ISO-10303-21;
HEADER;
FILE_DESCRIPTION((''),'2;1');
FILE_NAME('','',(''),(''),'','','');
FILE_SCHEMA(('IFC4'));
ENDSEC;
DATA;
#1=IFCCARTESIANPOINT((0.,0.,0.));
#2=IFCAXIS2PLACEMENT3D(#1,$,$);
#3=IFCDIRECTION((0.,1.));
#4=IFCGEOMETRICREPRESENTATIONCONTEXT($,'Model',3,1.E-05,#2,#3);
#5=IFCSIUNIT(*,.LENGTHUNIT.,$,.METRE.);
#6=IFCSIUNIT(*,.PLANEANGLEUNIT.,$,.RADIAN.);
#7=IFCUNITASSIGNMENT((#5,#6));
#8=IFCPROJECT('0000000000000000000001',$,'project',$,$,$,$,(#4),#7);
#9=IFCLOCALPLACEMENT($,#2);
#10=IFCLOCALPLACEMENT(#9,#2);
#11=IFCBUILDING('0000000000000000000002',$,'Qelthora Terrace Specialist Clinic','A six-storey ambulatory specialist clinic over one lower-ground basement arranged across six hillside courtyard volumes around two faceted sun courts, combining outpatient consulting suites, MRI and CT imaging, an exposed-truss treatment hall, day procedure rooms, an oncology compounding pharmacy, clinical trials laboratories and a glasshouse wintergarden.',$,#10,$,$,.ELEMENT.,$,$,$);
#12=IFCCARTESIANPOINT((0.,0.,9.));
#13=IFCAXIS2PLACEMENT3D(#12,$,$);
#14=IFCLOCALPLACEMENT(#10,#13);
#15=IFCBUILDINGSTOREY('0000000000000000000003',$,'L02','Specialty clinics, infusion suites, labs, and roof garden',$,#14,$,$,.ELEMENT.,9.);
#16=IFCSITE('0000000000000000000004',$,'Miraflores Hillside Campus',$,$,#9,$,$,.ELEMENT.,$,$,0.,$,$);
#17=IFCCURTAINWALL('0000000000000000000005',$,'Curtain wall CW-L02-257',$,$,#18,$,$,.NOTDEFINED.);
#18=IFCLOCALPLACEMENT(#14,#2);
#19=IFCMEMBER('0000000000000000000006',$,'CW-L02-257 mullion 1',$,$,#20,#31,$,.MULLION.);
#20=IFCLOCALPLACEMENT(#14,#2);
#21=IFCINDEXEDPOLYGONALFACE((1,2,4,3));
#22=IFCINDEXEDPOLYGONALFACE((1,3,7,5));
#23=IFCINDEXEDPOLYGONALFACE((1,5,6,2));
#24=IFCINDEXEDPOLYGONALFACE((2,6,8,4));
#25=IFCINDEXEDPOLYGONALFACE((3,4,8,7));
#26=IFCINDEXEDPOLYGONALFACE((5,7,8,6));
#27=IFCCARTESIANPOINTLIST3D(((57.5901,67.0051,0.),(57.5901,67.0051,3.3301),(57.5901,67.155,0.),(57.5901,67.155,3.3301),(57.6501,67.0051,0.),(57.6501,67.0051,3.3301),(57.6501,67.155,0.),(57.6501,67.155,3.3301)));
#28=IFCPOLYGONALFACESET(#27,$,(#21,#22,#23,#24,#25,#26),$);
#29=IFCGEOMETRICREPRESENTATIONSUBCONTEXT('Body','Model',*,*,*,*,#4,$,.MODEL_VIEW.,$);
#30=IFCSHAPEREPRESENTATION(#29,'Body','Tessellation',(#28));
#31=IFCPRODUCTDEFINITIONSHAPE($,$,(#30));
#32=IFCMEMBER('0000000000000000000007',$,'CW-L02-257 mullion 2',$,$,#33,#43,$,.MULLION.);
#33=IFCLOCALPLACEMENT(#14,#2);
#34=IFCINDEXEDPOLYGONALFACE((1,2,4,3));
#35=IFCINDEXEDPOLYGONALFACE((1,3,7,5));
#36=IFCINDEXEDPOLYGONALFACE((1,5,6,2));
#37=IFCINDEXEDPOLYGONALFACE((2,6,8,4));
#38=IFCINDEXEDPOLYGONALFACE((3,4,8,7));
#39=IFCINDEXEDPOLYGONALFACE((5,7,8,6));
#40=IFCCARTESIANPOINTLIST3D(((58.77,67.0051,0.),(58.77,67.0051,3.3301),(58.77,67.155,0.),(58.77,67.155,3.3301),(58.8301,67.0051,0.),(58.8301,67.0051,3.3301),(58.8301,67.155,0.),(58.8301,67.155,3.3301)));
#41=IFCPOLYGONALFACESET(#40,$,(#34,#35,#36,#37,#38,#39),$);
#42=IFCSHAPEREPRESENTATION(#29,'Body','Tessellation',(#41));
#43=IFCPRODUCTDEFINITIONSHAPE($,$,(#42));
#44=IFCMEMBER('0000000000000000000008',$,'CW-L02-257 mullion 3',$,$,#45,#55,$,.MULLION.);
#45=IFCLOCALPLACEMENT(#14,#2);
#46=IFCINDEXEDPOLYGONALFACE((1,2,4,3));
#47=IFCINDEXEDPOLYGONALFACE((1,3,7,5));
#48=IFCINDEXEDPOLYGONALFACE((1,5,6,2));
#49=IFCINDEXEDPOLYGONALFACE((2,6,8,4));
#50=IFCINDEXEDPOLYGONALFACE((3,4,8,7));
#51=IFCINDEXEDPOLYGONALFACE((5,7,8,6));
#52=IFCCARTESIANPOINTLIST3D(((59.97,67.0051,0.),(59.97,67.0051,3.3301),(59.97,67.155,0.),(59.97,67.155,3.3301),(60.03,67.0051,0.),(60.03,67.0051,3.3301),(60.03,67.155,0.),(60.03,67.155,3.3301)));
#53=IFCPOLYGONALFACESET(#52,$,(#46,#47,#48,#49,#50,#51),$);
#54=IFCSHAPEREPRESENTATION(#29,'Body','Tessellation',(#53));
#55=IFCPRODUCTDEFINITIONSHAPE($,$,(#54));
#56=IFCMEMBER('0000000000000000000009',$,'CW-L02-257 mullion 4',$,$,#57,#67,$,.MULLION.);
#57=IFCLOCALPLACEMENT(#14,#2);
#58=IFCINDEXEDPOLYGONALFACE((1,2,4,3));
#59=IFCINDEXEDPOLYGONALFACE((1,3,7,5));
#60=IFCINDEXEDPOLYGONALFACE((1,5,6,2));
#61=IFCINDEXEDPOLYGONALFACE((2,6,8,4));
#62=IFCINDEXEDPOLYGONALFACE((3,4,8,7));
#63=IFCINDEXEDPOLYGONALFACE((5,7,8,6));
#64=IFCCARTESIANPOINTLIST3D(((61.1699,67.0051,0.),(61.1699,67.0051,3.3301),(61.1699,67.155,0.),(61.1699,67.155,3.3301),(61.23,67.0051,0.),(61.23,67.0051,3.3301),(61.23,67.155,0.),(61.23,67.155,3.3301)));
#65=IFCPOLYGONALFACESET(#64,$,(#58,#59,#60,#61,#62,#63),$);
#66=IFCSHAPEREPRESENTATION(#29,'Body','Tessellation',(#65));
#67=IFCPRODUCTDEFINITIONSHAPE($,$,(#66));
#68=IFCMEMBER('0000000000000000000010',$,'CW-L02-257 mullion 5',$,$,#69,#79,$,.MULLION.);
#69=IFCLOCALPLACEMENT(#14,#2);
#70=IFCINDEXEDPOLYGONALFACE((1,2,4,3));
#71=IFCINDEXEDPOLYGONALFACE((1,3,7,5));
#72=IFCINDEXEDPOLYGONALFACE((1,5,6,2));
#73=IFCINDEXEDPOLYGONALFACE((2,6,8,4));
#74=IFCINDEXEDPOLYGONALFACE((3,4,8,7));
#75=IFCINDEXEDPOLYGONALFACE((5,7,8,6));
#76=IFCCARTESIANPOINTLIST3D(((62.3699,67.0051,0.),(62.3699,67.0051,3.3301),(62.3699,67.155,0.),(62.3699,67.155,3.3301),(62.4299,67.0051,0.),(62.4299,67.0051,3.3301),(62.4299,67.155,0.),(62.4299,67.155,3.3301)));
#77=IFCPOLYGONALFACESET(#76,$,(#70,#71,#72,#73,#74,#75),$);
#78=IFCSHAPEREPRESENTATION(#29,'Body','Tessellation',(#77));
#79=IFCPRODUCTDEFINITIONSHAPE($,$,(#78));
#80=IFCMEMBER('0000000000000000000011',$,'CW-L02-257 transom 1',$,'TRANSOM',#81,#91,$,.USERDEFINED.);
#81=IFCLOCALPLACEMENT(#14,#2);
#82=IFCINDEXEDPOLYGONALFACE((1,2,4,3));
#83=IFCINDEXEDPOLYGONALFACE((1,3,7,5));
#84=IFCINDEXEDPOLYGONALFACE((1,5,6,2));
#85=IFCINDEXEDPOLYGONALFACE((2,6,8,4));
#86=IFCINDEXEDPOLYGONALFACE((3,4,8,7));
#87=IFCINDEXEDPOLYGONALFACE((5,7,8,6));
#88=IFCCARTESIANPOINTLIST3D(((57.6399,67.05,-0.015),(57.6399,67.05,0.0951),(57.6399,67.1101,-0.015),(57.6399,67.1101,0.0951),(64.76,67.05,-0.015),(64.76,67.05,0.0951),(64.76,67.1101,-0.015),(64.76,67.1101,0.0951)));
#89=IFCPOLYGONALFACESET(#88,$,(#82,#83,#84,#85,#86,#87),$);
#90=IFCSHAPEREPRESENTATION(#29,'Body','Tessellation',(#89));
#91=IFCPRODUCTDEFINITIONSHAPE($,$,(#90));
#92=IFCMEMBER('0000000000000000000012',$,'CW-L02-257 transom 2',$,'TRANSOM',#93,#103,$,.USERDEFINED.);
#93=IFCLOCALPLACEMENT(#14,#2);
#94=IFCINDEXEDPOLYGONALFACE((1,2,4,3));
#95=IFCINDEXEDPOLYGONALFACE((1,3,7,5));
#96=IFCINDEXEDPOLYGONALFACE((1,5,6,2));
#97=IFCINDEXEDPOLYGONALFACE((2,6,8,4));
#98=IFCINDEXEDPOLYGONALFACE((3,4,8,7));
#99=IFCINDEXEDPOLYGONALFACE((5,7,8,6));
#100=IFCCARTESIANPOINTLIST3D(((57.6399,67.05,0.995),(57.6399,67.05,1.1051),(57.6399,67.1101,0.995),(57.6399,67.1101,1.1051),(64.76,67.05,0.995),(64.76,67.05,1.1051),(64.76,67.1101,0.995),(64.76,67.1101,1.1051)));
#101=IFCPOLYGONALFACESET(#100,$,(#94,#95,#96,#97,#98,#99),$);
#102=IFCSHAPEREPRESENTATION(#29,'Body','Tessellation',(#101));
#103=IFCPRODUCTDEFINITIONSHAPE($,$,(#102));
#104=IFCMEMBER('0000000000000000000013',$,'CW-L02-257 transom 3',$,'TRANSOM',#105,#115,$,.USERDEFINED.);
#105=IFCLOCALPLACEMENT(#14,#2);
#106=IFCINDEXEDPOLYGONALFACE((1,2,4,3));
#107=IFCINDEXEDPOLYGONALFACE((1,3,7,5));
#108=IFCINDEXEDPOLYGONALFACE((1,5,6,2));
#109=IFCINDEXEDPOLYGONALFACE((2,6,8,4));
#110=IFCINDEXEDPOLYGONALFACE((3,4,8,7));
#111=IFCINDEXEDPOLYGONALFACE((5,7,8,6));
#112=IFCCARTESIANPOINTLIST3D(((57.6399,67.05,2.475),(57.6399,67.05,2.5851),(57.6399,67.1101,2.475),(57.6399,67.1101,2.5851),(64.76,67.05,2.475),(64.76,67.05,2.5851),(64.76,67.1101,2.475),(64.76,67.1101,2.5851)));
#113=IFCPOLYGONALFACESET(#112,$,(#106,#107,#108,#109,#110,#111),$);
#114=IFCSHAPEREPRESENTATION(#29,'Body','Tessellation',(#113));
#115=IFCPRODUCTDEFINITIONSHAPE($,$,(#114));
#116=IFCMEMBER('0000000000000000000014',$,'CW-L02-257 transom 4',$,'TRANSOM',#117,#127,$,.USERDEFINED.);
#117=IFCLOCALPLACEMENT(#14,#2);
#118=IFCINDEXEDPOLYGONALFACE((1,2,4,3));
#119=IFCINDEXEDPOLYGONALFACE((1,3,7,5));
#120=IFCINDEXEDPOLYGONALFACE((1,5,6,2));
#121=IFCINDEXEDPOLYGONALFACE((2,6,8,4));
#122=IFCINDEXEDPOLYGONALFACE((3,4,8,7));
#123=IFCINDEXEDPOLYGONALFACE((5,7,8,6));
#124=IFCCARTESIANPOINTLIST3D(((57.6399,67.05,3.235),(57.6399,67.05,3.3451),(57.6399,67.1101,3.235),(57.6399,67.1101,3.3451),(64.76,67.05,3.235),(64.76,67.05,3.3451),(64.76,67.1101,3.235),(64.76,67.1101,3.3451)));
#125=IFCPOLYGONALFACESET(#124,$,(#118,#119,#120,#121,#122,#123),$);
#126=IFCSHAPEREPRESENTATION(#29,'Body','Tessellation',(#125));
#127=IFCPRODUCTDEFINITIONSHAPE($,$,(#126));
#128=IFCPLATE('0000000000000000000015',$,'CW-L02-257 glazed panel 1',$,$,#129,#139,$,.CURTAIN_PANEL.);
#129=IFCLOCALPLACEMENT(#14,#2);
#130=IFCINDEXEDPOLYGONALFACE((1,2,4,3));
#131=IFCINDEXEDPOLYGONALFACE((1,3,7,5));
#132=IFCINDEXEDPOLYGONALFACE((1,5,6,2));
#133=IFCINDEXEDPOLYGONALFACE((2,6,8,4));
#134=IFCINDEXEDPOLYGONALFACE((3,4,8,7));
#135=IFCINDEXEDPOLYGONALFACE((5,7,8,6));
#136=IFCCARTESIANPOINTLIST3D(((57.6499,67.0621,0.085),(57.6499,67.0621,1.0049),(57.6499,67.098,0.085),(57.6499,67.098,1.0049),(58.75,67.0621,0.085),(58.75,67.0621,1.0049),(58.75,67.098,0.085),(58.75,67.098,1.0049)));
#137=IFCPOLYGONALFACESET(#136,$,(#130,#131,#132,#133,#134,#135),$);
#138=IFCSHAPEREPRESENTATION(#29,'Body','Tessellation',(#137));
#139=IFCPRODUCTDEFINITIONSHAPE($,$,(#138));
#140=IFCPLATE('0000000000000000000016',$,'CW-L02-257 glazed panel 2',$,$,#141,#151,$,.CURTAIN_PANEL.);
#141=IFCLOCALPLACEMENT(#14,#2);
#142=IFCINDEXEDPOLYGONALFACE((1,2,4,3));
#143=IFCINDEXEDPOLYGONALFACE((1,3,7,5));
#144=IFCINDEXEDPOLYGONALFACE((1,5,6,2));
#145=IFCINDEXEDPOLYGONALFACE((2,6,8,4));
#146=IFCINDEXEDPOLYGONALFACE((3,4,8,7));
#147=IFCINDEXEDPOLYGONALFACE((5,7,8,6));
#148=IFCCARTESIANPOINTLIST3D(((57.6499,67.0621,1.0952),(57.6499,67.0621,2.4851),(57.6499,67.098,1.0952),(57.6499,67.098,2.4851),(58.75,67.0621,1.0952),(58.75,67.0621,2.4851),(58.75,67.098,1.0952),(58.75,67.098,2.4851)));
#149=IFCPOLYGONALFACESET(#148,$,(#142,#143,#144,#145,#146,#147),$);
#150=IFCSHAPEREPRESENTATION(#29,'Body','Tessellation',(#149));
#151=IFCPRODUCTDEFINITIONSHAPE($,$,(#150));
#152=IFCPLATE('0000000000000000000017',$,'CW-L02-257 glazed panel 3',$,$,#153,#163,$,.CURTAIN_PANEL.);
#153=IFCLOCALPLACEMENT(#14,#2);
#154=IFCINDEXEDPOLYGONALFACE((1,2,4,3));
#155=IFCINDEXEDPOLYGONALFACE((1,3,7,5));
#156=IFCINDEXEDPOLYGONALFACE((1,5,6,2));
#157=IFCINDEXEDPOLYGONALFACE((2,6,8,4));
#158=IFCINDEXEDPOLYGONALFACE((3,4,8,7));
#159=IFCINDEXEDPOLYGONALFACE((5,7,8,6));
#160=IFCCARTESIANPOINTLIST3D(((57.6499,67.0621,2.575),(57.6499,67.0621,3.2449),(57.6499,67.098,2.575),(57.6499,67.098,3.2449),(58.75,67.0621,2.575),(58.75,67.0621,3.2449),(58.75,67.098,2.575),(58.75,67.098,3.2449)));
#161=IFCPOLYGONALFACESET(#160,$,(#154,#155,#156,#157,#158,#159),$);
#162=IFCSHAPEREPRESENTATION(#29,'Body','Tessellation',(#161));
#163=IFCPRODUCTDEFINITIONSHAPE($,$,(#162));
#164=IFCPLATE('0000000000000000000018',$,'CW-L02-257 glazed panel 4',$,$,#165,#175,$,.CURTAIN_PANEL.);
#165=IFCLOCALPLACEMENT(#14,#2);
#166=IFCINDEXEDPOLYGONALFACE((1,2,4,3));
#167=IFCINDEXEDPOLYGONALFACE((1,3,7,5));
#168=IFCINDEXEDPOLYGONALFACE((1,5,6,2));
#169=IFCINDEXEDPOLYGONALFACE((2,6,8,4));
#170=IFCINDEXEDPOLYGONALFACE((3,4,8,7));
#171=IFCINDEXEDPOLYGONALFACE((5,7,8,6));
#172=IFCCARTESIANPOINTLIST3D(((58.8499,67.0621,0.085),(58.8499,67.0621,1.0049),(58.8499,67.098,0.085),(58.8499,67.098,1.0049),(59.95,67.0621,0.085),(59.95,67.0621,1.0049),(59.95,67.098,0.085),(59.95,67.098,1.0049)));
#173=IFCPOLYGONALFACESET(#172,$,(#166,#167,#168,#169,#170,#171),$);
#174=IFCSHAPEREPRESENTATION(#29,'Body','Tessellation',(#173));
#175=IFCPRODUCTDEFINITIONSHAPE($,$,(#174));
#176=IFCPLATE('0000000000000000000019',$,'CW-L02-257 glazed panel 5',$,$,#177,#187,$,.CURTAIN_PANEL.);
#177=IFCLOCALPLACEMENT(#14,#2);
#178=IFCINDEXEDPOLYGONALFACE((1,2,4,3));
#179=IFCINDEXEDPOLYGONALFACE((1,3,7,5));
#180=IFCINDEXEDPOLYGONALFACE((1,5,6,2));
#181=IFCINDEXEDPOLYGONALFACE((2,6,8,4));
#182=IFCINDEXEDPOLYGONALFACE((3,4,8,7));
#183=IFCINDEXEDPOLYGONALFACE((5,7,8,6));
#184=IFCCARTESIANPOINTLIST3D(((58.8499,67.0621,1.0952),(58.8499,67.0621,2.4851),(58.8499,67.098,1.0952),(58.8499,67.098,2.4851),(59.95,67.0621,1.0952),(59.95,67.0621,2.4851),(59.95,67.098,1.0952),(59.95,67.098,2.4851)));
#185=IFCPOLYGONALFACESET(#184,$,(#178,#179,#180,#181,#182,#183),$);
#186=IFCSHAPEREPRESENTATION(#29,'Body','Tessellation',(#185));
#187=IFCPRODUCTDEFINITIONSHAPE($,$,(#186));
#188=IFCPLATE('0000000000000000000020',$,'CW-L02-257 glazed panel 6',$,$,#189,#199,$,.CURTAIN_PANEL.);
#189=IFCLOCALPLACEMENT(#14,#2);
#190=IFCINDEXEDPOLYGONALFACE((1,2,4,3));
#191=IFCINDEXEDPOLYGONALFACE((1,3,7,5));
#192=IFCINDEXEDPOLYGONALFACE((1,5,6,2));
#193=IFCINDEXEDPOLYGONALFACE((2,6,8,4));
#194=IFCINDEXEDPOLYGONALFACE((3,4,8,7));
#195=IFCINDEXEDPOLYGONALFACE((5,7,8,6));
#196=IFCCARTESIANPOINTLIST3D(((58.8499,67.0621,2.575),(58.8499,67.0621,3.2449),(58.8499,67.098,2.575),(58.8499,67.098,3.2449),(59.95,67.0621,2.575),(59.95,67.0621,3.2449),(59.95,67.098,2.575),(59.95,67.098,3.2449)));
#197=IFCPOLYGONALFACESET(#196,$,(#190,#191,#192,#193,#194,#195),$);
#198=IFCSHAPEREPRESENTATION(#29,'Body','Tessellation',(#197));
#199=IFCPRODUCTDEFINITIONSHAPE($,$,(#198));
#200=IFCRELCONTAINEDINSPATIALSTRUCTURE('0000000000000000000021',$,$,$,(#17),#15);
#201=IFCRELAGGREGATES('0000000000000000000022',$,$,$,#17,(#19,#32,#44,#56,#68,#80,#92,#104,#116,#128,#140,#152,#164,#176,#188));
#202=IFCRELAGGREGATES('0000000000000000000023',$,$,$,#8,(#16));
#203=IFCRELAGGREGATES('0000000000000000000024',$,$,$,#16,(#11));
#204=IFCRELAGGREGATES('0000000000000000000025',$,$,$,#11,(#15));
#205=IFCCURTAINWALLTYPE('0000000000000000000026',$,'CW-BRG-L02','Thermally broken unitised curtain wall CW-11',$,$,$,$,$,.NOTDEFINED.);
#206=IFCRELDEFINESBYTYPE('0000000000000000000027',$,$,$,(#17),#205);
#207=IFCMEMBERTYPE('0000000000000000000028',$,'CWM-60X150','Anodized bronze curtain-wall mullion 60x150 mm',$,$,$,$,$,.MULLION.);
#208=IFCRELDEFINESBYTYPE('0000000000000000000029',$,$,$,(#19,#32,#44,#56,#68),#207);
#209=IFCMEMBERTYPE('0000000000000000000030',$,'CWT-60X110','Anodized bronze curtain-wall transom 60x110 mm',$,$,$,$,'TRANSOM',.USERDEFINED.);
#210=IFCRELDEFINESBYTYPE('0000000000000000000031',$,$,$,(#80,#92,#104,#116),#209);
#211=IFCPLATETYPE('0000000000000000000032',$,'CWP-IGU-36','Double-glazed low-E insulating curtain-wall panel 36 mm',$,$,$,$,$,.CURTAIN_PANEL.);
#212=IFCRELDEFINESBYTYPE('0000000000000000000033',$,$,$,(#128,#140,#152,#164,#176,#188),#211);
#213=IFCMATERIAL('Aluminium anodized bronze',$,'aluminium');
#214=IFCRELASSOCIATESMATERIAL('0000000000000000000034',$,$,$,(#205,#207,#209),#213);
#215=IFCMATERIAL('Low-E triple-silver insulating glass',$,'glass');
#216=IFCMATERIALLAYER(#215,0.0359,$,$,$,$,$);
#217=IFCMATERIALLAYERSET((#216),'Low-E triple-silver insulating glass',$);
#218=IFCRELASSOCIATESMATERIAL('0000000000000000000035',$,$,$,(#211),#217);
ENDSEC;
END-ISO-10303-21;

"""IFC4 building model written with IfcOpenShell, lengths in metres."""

from ifc_helpers import new_model, si_unit, direction, frame, origin, origin_2d, place, context, subcontext, project, spatial, rectangle, extrude, material, layer, layer_set, material_profile, profile_set, type_object, element, aggregate, save


model = new_model("IFC4")

# Units and contexts
model_context = context("Model", 3, precision=1e-05, world=origin(), true_north=direction((0.0, 1.0)))
body_context = subcontext(model_context, "Body", "Model", "MODEL_VIEW")
ifc_project = project(units=[si_unit("LENGTHUNIT", "METRE"), si_unit("PLANEANGLEUNIT", "RADIAN")], contexts=[model_context])

# Site, building, storey
site_placement = place(None, origin())
site = spatial("IfcSite", under=ifc_project, at=site_placement, Name="Miraflores Hillside Campus", CompositionType="ELEMENT", RefElevation=0.0)
building_placement = place(site_placement, origin())
building = spatial("IfcBuilding", under=site, at=building_placement, Name="Qelthora Terrace Specialist Clinic", Description="A six-storey ambulatory specialist clinic over one lower-ground basement arranged across six hillside courtyard volumes around two faceted sun courts, combining outpatient consulting suites, MRI and CT imaging, an exposed-truss treatment hall, day procedure rooms, an oncology compounding pharmacy, clinical trials laboratories and a glasshouse wintergarden.", CompositionType="ELEMENT")
storey_placement = place(building_placement, frame((0.0, 0.0, 9.0)))
storey = spatial("IfcBuildingStorey", under=building, at=storey_placement, Name="L02", Description="Specialty clinics, infusion suites, labs, and roof garden", CompositionType="ELEMENT", Elevation=9.0)

# Curtain wall, members, plates
ifc_material_1 = material(Name="Aluminium anodized bronze", Category="aluminium")
curtain_wall_type = type_object("IfcCurtainWallType", Name="CW-BRG-L02", Description="Thermally broken unitised curtain wall CW-11", PredefinedType="NOTDEFINED", material=ifc_material_1)
curtain_wall_1_placement = place(storey_placement, origin())
curtain_wall_1 = element("IfcCurtainWall", 1, at=curtain_wall_1_placement, inside=storey, type_object=curtain_wall_type, Name="Curtain wall CW-L02-257", PredefinedType="NOTDEFINED")
ifc_material_profile_1 = material_profile(ifc_material_1, rectangle(XDim=0.0601, YDim=0.1499, at=origin_2d()), Name="CWM60X150")
ifc_profile_set_1 = profile_set([ifc_material_profile_1], Name="Aluminium anodized bronze")
member_type_1 = type_object("IfcMemberType", Name="CWM-60X150", Description="Anodized bronze curtain-wall mullion 60x150 mm", PredefinedType="MULLION", material=ifc_profile_set_1)
member_1_placement = place(storey_placement, frame((57.6201, 67.0801, 0.0), z_axis=(0.0, 0.0, 1.0), x_axis=(1.0, 0.0, 0.0)))
member_1 = element("IfcMember", 2, at=member_1_placement, type_object=member_type_1, Name="CW-L02-257 mullion 1", PredefinedType="MULLION", context=body_context, shape_type="SweptSolid", body=[
    extrude(rectangle(XDim=0.0601, YDim=0.1499, at=origin_2d()), origin(), (0.0, 0.0, 1.0), 3.3301),
])
member_2_placement = place(storey_placement, frame((58.8, 67.0801, 0.0), z_axis=(0.0, 0.0, 1.0), x_axis=(1.0, 0.0, 0.0)))
member_2 = element("IfcMember", 3, at=member_2_placement, type_object=member_type_1, Name="CW-L02-257 mullion 2", PredefinedType="MULLION", context=body_context, shape_type="SweptSolid", body=[
    extrude(rectangle(XDim=0.0601, YDim=0.1499, at=origin_2d()), origin(), (0.0, 0.0, 1.0), 3.3301),
])
member_3_placement = place(storey_placement, frame((60.0, 67.0801, 0.0), z_axis=(0.0, 0.0, 1.0), x_axis=(1.0, 0.0, 0.0)))
member_3 = element("IfcMember", 4, at=member_3_placement, type_object=member_type_1, Name="CW-L02-257 mullion 3", PredefinedType="MULLION", context=body_context, shape_type="SweptSolid", body=[
    extrude(rectangle(XDim=0.0601, YDim=0.1499, at=origin_2d()), origin(), (0.0, 0.0, 1.0), 3.3301),
])
member_4_placement = place(storey_placement, frame((61.2, 67.0801, 0.0), z_axis=(0.0, 0.0, 1.0), x_axis=(1.0, 0.0, 0.0)))
member_4 = element("IfcMember", 5, at=member_4_placement, type_object=member_type_1, Name="CW-L02-257 mullion 4", PredefinedType="MULLION", context=body_context, shape_type="SweptSolid", body=[
    extrude(rectangle(XDim=0.0601, YDim=0.1499, at=origin_2d()), origin(), (0.0, 0.0, 1.0), 3.3301),
])
member_5_placement = place(storey_placement, frame((62.3999, 67.0801, 0.0), z_axis=(0.0, 0.0, 1.0), x_axis=(1.0, 0.0, 0.0)))
member_5 = element("IfcMember", 6, at=member_5_placement, type_object=member_type_1, Name="CW-L02-257 mullion 5", PredefinedType="MULLION", context=body_context, shape_type="SweptSolid", body=[
    extrude(rectangle(XDim=0.0601, YDim=0.1499, at=origin_2d()), origin(), (0.0, 0.0, 1.0), 3.3301),
])
ifc_material_profile_2 = material_profile(ifc_material_1, rectangle(XDim=0.0601, YDim=0.1101, at=origin_2d()), Name="CWT60X110")
ifc_profile_set_2 = profile_set([ifc_material_profile_2], Name="Aluminium anodized bronze")
member_type_2 = type_object("IfcMemberType", Name="CWT-60X110", Description="Anodized bronze curtain-wall transom 60x110 mm", ElementType="TRANSOM", PredefinedType="USERDEFINED", material=ifc_profile_set_2)
member_6_placement = place(storey_placement, frame((57.6399, 67.0801, 0.04), z_axis=(1.0, 0.0, 0.0), x_axis=(0.0, 1.0, 0.0)))
member_6 = element("IfcMember", 7, at=member_6_placement, type_object=member_type_2, Name="CW-L02-257 transom 1", ObjectType="TRANSOM", PredefinedType="USERDEFINED", context=body_context, shape_type="SweptSolid", body=[
    extrude(rectangle(XDim=0.0601, YDim=0.1101, at=origin_2d()), origin(), (0.0, 0.0, 1.0), 7.1201),
])
member_7_placement = place(storey_placement, frame((57.6399, 67.0801, 1.05), z_axis=(1.0, 0.0, 0.0), x_axis=(0.0, 1.0, 0.0)))
member_7 = element("IfcMember", 8, at=member_7_placement, type_object=member_type_2, Name="CW-L02-257 transom 2", ObjectType="TRANSOM", PredefinedType="USERDEFINED", context=body_context, shape_type="SweptSolid", body=[
    extrude(rectangle(XDim=0.0601, YDim=0.1101, at=origin_2d()), origin(), (0.0, 0.0, 1.0), 7.1201),
])
member_8_placement = place(storey_placement, frame((57.6399, 67.0801, 2.53), z_axis=(1.0, 0.0, 0.0), x_axis=(0.0, 1.0, 0.0)))
member_8 = element("IfcMember", 9, at=member_8_placement, type_object=member_type_2, Name="CW-L02-257 transom 3", ObjectType="TRANSOM", PredefinedType="USERDEFINED", context=body_context, shape_type="SweptSolid", body=[
    extrude(rectangle(XDim=0.0601, YDim=0.1101, at=origin_2d()), origin(), (0.0, 0.0, 1.0), 7.1201),
])
member_9_placement = place(storey_placement, frame((57.6399, 67.0801, 3.29), z_axis=(1.0, 0.0, 0.0), x_axis=(0.0, 1.0, 0.0)))
member_9 = element("IfcMember", 10, at=member_9_placement, type_object=member_type_2, Name="CW-L02-257 transom 4", ObjectType="TRANSOM", PredefinedType="USERDEFINED", context=body_context, shape_type="SweptSolid", body=[
    extrude(rectangle(XDim=0.0601, YDim=0.1101, at=origin_2d()), origin(), (0.0, 0.0, 1.0), 7.1201),
])
ifc_material_2 = material(Name="Low-E triple-silver insulating glass", Category="glass")
ifc_layer = layer(ifc_material_2, 0.0359)
ifc_layer_set = layer_set([ifc_layer], Name="Low-E triple-silver insulating glass")
plate_type = type_object("IfcPlateType", Name="CWP-IGU-36", Description="Double-glazed low-E insulating curtain-wall panel 36 mm", PredefinedType="CURTAIN_PANEL", material=ifc_layer_set)
plate_1_placement = place(storey_placement, frame((58.2, 67.0801, 0.085), z_axis=(0.0, 0.0, 1.0), x_axis=(1.0, 0.0, 0.0)))
plate_1 = element("IfcPlate", 11, at=plate_1_placement, type_object=plate_type, Name="CW-L02-257 glazed panel 1", PredefinedType="CURTAIN_PANEL", context=body_context, shape_type="SweptSolid", body=[
    extrude(rectangle(XDim=1.1001, YDim=0.0359, at=origin_2d()), origin(), (0.0, 0.0, 1.0), 0.9199),
])
plate_2_placement = place(storey_placement, frame((58.2, 67.0801, 1.0952), z_axis=(0.0, 0.0, 1.0), x_axis=(1.0, 0.0, 0.0)))
plate_2 = element("IfcPlate", 12, at=plate_2_placement, type_object=plate_type, Name="CW-L02-257 glazed panel 2", PredefinedType="CURTAIN_PANEL", context=body_context, shape_type="SweptSolid", body=[
    extrude(rectangle(XDim=1.1001, YDim=0.0359, at=origin_2d()), origin(), (0.0, 0.0, 1.0), 1.3899),
])
plate_3_placement = place(storey_placement, frame((58.2, 67.0801, 2.575), z_axis=(0.0, 0.0, 1.0), x_axis=(1.0, 0.0, 0.0)))
plate_3 = element("IfcPlate", 13, at=plate_3_placement, type_object=plate_type, Name="CW-L02-257 glazed panel 3", PredefinedType="CURTAIN_PANEL", context=body_context, shape_type="SweptSolid", body=[
    extrude(rectangle(XDim=1.1001, YDim=0.0359, at=origin_2d()), origin(), (0.0, 0.0, 1.0), 0.6699),
])
plate_4_placement = place(storey_placement, frame((59.3999, 67.0801, 0.085), z_axis=(0.0, 0.0, 1.0), x_axis=(1.0, 0.0, 0.0)))
plate_4 = element("IfcPlate", 14, at=plate_4_placement, type_object=plate_type, Name="CW-L02-257 glazed panel 4", PredefinedType="CURTAIN_PANEL", context=body_context, shape_type="SweptSolid", body=[
    extrude(rectangle(XDim=1.1001, YDim=0.0359, at=origin_2d()), origin(), (0.0, 0.0, 1.0), 0.9199),
])
plate_5_placement = place(storey_placement, frame((59.3999, 67.0801, 1.0952), z_axis=(0.0, 0.0, 1.0), x_axis=(1.0, 0.0, 0.0)))
plate_5 = element("IfcPlate", 15, at=plate_5_placement, type_object=plate_type, Name="CW-L02-257 glazed panel 5", PredefinedType="CURTAIN_PANEL", context=body_context, shape_type="SweptSolid", body=[
    extrude(rectangle(XDim=1.1001, YDim=0.0359, at=origin_2d()), origin(), (0.0, 0.0, 1.0), 1.3899),
])
plate_6_placement = place(storey_placement, frame((59.3999, 67.0801, 2.575), z_axis=(0.0, 0.0, 1.0), x_axis=(1.0, 0.0, 0.0)))
plate_6 = element("IfcPlate", 16, at=plate_6_placement, type_object=plate_type, Name="CW-L02-257 glazed panel 6", PredefinedType="CURTAIN_PANEL", context=body_context, shape_type="SweptSolid", body=[
    extrude(rectangle(XDim=1.1001, YDim=0.0359, at=origin_2d()), origin(), (0.0, 0.0, 1.0), 0.6699),
])
aggregate(curtain_wall_1, [member_1, member_2, member_3, member_4, member_5, member_6, member_7, member_8, member_9, plate_1, plate_2, plate_3, plate_4, plate_5, plate_6])

save(model, "model.ifc")
